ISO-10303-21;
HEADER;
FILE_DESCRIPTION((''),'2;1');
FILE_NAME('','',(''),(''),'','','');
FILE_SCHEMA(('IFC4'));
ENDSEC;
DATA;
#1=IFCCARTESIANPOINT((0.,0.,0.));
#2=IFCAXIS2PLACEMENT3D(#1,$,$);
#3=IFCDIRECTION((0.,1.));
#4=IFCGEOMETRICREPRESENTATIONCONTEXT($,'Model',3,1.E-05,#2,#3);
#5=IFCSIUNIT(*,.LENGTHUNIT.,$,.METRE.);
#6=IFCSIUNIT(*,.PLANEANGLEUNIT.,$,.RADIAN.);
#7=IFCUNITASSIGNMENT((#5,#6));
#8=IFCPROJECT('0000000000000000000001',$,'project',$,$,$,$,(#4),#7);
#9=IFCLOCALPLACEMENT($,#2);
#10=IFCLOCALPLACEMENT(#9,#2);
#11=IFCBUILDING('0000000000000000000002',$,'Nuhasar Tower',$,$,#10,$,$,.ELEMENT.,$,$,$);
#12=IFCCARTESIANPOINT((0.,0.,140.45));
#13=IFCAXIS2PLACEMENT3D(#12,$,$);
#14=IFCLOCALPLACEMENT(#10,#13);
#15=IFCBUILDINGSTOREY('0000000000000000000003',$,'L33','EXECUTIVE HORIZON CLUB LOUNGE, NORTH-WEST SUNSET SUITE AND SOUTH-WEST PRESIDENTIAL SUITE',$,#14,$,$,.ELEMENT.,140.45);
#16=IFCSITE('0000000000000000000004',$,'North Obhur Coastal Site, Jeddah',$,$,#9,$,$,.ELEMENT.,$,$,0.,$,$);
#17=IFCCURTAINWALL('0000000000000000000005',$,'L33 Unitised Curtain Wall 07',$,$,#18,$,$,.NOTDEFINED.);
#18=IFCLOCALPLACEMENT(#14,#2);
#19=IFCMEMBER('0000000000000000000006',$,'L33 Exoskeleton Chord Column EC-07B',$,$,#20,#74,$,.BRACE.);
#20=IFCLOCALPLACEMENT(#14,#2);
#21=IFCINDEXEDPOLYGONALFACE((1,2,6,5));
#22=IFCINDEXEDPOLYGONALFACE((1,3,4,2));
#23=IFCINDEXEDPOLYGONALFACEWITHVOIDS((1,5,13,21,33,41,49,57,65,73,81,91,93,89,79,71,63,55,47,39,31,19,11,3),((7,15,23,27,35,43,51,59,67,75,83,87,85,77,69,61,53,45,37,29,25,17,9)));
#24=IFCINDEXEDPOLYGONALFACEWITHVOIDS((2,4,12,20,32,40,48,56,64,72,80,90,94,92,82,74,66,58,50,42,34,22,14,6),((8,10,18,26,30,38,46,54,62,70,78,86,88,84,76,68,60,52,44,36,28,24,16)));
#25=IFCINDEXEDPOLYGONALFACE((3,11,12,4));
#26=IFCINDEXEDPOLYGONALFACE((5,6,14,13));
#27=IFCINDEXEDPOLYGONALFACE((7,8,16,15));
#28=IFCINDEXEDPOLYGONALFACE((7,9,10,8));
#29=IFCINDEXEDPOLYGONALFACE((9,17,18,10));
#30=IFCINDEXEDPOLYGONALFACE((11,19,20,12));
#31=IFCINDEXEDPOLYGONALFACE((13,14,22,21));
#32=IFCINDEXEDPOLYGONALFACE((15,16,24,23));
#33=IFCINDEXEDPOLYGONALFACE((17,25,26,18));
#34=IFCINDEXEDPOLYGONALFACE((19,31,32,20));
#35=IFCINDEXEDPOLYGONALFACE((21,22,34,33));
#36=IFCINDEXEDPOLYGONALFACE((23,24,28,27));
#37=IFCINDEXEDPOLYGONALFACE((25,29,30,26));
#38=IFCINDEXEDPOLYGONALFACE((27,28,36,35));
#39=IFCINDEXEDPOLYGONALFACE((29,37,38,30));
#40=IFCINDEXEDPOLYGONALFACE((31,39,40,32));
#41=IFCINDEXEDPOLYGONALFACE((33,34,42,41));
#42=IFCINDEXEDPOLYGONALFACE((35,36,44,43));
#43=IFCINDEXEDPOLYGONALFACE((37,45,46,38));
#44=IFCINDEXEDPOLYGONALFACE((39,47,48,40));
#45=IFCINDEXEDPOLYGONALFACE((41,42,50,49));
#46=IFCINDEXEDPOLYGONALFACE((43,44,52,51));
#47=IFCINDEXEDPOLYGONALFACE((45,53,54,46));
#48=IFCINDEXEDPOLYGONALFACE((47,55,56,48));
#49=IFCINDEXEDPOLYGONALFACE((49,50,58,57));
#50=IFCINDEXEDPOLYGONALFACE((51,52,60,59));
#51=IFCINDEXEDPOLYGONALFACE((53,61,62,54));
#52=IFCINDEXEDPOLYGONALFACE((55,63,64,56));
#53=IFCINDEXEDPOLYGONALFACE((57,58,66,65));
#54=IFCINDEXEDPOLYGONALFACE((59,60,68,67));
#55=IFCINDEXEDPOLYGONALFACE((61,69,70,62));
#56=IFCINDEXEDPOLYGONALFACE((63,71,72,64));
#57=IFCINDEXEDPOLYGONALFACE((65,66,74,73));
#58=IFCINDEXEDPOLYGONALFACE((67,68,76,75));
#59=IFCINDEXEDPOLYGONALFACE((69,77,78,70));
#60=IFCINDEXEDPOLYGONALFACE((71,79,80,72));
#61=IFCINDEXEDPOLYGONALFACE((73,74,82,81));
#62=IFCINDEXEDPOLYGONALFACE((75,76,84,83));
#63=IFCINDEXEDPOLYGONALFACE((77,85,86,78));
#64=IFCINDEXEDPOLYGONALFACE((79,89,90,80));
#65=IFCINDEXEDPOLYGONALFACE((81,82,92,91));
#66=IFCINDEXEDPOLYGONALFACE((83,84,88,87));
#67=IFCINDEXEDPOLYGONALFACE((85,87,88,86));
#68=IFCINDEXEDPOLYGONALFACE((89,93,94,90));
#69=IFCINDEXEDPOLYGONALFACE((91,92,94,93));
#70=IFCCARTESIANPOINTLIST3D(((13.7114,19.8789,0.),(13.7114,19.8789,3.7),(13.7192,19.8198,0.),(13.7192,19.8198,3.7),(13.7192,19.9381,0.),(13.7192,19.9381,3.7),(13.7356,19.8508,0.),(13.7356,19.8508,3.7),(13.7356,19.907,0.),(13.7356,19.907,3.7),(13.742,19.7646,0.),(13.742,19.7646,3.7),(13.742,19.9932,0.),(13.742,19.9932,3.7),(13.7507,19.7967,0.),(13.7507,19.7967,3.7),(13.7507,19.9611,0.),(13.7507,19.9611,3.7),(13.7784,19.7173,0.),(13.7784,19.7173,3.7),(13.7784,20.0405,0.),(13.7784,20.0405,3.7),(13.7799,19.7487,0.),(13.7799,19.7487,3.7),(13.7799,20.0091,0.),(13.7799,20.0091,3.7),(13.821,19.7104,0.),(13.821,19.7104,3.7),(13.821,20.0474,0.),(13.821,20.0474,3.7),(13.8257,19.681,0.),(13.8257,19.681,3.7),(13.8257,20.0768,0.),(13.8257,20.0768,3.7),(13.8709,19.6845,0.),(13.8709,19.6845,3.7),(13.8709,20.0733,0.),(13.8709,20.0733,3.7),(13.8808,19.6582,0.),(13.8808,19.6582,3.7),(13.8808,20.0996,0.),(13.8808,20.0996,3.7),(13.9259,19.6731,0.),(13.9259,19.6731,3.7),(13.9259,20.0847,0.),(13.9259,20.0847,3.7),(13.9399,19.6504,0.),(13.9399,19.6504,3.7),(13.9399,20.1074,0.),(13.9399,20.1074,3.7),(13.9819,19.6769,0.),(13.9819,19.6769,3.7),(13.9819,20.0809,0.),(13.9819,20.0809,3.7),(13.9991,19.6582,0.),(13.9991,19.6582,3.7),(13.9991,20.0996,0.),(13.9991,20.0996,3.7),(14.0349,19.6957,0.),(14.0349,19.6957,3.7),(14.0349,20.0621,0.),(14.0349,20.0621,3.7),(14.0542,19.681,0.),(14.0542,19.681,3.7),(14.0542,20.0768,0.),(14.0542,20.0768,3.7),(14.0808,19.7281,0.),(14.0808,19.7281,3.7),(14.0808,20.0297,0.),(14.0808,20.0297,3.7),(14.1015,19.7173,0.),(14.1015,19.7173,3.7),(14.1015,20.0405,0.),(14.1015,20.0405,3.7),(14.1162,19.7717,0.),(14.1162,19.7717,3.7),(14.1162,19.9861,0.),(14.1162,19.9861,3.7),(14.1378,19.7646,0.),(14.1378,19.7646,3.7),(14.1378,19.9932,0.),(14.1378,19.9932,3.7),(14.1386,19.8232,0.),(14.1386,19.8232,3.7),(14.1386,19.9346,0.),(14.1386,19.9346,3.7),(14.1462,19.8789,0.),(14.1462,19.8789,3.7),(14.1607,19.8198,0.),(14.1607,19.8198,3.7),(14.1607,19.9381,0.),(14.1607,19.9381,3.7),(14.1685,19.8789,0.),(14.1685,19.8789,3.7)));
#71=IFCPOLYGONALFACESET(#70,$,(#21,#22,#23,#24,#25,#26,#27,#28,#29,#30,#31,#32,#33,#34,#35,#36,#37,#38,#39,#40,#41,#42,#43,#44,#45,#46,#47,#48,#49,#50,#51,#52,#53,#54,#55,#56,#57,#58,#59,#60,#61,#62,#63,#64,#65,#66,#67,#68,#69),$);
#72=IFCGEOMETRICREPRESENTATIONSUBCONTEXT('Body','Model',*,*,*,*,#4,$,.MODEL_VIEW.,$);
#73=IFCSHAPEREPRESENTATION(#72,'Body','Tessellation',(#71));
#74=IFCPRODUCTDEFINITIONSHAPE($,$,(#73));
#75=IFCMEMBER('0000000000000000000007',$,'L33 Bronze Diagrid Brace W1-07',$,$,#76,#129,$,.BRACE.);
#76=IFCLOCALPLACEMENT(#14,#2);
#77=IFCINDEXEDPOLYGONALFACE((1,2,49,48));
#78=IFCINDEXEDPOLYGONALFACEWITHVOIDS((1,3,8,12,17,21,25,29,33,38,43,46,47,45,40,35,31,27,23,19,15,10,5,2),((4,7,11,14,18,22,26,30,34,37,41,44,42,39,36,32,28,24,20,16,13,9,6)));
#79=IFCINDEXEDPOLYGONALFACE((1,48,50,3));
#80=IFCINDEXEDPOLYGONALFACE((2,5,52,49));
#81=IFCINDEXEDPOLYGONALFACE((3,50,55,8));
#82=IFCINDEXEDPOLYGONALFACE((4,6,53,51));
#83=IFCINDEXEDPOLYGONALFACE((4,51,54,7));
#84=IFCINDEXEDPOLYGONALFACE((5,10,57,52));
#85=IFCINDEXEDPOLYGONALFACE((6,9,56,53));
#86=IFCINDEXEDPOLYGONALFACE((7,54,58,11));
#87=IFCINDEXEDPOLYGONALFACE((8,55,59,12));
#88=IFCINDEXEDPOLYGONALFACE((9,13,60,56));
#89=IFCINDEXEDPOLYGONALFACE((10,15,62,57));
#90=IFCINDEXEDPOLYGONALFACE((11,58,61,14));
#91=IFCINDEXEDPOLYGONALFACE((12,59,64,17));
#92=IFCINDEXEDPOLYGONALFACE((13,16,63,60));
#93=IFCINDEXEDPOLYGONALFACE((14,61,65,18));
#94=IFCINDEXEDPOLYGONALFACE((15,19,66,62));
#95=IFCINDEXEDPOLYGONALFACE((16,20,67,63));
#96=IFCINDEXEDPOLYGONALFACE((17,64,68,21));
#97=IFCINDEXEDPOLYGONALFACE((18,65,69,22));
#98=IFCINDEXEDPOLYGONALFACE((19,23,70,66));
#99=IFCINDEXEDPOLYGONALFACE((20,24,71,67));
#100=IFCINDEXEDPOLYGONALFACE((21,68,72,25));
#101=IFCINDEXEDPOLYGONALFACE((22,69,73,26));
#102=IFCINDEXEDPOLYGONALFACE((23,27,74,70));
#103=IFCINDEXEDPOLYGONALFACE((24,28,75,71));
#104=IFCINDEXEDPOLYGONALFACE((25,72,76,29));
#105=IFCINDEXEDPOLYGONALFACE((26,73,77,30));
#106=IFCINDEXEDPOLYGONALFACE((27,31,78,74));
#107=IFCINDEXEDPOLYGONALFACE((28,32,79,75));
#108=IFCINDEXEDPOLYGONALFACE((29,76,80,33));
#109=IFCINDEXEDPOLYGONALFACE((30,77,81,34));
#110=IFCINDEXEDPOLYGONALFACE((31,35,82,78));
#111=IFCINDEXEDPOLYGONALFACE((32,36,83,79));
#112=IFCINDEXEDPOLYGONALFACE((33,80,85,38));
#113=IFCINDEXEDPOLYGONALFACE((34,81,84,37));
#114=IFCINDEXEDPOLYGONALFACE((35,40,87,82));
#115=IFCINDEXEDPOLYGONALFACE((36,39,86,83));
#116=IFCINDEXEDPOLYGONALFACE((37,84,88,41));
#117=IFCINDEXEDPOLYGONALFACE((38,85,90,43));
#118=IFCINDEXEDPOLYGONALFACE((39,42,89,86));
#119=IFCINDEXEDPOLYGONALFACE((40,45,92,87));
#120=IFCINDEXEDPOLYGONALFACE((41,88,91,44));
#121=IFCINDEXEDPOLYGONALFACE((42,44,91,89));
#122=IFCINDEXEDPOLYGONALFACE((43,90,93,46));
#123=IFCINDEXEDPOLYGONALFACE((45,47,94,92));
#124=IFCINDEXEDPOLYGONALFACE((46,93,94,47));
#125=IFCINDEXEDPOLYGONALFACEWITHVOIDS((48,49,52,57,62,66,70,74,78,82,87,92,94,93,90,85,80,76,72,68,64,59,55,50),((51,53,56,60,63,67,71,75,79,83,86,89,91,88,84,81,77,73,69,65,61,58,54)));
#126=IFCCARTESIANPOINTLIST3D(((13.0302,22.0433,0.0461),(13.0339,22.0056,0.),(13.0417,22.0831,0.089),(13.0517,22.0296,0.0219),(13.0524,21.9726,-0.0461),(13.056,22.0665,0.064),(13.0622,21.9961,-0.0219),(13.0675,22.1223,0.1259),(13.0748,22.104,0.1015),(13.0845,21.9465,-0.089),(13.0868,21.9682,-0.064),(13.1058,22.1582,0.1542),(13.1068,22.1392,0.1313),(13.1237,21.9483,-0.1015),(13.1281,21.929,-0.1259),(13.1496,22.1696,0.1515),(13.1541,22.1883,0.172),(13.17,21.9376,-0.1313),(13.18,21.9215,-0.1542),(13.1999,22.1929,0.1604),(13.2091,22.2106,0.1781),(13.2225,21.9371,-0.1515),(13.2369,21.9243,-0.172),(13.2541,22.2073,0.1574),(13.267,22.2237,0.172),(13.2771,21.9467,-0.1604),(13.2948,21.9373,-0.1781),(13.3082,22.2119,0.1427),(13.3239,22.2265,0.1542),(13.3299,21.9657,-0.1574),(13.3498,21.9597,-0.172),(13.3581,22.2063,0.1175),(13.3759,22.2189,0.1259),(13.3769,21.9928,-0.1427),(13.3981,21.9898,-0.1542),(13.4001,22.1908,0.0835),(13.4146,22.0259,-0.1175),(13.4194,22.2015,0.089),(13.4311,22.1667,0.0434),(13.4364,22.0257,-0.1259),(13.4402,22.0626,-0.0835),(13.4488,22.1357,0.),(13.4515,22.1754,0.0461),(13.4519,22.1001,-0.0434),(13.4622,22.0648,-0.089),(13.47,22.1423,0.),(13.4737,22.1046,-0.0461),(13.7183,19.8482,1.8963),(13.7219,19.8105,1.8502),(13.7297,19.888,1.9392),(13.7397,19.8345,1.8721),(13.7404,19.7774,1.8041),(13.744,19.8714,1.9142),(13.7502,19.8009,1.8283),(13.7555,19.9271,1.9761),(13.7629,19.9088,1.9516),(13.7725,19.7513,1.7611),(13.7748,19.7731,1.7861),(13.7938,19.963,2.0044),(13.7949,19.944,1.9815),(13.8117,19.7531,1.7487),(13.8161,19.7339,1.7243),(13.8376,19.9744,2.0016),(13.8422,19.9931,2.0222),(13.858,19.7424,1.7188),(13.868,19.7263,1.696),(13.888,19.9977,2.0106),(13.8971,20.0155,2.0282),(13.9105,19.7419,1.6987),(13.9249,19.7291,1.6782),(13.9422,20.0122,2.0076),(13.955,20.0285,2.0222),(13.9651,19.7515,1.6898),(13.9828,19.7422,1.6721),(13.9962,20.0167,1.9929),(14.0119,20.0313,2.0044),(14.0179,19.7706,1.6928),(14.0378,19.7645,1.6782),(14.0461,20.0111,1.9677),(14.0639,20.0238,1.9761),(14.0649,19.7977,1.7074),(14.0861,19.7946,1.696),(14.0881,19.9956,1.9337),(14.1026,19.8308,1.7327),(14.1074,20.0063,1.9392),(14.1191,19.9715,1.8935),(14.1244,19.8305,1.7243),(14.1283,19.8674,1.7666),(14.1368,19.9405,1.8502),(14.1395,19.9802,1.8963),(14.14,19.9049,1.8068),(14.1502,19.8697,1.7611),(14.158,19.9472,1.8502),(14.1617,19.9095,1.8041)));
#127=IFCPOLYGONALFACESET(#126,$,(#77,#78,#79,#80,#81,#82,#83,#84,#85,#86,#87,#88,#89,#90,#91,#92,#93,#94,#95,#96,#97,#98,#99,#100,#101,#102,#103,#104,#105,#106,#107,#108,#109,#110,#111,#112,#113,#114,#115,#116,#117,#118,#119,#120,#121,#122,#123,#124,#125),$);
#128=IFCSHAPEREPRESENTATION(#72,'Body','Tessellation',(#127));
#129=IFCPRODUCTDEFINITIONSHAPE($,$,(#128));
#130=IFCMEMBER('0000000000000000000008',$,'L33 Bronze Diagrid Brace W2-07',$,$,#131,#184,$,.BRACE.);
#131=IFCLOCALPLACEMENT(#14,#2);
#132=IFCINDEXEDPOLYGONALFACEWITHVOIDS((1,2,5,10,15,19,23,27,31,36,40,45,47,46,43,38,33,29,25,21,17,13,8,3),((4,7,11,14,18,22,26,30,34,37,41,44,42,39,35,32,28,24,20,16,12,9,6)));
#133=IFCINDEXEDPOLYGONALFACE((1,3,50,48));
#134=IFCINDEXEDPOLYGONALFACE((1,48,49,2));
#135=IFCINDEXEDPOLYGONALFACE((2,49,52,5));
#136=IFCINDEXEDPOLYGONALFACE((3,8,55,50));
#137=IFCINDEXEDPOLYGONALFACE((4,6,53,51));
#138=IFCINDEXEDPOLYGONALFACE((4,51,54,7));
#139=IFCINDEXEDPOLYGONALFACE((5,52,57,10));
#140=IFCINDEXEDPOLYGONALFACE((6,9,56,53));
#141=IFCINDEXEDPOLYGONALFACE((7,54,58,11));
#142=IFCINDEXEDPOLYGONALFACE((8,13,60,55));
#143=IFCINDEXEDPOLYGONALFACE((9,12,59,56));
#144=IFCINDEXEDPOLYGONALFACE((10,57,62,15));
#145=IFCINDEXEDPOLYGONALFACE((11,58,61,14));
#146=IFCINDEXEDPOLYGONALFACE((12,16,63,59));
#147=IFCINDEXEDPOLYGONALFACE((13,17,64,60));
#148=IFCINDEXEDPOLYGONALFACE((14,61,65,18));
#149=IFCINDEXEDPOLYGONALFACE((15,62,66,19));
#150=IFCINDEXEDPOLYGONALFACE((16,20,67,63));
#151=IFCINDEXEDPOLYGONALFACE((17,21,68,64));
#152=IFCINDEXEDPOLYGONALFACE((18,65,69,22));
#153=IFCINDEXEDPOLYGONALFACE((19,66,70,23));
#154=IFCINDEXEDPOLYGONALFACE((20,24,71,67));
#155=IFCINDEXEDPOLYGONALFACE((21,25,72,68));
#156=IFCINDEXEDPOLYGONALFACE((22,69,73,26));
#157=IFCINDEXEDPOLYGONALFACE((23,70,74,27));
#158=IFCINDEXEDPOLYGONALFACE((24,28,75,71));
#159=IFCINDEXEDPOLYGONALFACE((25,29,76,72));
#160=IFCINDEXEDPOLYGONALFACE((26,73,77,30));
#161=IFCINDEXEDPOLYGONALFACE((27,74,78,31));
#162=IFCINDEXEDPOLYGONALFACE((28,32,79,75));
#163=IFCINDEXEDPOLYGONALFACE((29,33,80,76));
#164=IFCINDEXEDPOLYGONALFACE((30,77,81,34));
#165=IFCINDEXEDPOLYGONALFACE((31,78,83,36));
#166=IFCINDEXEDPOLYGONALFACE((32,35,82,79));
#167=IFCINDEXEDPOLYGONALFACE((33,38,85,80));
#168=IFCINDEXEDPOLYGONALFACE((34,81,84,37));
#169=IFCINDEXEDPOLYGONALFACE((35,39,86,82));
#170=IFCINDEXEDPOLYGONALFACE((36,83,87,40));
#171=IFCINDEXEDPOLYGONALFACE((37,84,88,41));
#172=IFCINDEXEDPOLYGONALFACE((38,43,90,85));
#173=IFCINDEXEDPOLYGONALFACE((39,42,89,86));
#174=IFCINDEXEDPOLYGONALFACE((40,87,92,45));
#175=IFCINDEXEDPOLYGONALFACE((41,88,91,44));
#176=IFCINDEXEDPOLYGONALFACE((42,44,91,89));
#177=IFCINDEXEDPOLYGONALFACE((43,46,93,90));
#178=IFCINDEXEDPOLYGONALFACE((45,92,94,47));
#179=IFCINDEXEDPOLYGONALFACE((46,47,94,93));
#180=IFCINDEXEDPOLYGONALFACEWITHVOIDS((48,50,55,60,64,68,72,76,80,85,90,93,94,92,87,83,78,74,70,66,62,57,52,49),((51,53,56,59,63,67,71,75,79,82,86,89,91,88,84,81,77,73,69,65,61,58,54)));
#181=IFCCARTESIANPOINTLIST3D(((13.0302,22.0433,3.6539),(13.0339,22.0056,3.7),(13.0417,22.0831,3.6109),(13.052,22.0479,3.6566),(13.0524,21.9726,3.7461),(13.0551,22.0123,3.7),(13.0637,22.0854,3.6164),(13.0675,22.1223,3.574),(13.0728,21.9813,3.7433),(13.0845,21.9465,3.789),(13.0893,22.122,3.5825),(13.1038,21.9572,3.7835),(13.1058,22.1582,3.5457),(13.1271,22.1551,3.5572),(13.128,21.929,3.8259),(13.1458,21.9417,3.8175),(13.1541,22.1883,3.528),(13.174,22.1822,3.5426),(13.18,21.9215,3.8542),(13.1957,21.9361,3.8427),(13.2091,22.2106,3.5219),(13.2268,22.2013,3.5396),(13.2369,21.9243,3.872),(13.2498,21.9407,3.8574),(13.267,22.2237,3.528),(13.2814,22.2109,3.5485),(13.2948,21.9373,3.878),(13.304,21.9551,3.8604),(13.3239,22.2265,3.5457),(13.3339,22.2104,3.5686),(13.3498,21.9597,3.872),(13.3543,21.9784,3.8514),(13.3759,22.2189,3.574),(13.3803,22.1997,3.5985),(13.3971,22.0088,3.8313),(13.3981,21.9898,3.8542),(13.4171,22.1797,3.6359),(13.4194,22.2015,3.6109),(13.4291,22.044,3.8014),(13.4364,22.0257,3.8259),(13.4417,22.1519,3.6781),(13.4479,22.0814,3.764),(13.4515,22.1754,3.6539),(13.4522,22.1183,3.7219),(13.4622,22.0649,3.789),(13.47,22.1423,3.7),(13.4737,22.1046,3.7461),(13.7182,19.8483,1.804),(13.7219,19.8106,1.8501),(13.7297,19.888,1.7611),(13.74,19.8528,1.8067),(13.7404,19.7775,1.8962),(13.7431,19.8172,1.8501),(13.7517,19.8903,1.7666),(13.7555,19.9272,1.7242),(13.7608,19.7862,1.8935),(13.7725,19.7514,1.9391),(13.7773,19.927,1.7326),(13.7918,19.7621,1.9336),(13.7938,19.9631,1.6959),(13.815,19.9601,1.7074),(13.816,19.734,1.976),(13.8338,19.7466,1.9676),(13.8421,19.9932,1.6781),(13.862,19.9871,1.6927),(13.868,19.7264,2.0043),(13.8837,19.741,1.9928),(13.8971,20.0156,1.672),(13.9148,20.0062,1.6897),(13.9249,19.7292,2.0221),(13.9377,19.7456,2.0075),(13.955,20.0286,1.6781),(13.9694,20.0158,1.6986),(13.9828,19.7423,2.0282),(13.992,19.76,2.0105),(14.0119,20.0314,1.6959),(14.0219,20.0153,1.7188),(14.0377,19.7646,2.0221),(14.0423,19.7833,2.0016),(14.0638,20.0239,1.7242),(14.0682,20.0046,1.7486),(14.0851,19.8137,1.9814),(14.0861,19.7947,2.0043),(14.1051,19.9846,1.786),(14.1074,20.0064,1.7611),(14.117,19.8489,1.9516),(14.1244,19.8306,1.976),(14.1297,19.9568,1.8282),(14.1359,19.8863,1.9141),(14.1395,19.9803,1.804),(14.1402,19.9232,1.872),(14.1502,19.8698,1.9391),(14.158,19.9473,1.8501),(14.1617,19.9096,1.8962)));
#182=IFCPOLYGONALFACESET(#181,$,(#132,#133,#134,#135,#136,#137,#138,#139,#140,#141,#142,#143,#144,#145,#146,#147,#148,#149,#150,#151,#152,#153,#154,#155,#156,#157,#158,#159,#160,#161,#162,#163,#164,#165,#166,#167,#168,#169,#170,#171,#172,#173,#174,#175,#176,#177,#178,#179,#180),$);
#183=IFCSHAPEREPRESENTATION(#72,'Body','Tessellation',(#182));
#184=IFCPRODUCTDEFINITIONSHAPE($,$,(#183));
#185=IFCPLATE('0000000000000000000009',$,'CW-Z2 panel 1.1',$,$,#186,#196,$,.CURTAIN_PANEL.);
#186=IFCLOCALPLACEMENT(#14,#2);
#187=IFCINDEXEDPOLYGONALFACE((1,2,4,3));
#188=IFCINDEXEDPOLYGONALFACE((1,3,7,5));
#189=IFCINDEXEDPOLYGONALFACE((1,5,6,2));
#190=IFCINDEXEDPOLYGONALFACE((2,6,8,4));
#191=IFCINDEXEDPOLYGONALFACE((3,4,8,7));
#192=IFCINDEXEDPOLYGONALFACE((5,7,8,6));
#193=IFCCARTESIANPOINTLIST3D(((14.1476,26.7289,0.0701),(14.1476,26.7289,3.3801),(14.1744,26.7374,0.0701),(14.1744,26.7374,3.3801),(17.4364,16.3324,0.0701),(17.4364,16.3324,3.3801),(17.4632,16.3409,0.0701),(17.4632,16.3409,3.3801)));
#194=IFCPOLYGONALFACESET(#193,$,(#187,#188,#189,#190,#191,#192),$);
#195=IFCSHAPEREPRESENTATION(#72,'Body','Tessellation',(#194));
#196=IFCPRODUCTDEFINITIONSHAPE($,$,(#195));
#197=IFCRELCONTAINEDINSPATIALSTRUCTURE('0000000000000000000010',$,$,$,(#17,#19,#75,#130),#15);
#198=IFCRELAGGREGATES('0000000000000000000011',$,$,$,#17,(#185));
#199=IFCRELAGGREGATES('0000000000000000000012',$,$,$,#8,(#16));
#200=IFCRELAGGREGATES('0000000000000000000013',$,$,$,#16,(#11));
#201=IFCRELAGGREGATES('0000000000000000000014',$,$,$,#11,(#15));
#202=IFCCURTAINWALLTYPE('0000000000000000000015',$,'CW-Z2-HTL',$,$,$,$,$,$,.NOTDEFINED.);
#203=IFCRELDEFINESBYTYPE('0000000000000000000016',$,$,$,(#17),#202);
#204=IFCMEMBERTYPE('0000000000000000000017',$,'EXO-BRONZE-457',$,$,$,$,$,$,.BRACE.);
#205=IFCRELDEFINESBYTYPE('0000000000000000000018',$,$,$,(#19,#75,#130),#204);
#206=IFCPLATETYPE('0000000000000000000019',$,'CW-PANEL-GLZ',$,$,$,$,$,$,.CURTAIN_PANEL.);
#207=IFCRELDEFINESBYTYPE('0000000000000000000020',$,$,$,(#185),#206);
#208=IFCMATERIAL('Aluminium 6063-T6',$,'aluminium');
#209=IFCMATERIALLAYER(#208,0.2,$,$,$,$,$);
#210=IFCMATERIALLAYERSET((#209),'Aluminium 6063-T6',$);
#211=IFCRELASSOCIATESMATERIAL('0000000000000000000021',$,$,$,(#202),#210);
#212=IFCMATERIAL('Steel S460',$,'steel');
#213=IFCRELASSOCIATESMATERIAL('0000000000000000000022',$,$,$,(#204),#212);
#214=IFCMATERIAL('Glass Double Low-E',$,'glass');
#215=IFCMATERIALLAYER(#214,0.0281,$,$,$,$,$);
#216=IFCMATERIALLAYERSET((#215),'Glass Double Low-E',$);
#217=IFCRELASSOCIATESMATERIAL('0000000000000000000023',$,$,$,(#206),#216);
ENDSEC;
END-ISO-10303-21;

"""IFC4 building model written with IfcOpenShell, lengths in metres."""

from ifc_helpers import new_model, si_unit, direction, frame, origin, origin_2d, place, context, subcontext, project, spatial, rectangle, hollow_circle, extrude, material, layer, layer_set, material_profile, profile_set, type_object, element, aggregate, save


model = new_model("IFC4")

# Units and contexts
model_context = context("Model", 3, precision=1e-05, world=origin(), true_north=direction((0.0, 1.0)))
body_context = subcontext(model_context, "Body", "Model", "MODEL_VIEW")
ifc_project = project(units=[si_unit("LENGTHUNIT", "METRE"), si_unit("PLANEANGLEUNIT", "RADIAN")], contexts=[model_context])

# Site, building, storey
site_placement = place(None, origin())
site = spatial("IfcSite", under=ifc_project, at=site_placement, Name="North Obhur Coastal Site, Jeddah", CompositionType="ELEMENT", RefElevation=0.0)
building_placement = place(site_placement, origin())
building = spatial("IfcBuilding", under=site, at=building_placement, Name="Nuhasar Tower", CompositionType="ELEMENT")
storey_placement = place(building_placement, frame((0.0, 0.0, 140.45)))
storey = spatial("IfcBuildingStorey", under=building, at=storey_placement, Name="L33", Description="EXECUTIVE HORIZON CLUB LOUNGE, NORTH-WEST SUNSET SUITE AND SOUTH-WEST PRESIDENTIAL SUITE", CompositionType="ELEMENT", Elevation=140.45)

# Curtain wall
ifc_material_1 = material(Name="Aluminium 6063-T6", Category="aluminium")
ifc_layer_1 = layer(ifc_material_1, 0.2)
ifc_layer_set_1 = layer_set([ifc_layer_1], Name="Aluminium 6063-T6")
curtain_wall_type = type_object("IfcCurtainWallType", Name="CW-Z2-HTL", PredefinedType="NOTDEFINED", material=ifc_layer_set_1)
curtain_wall_1_placement = place(storey_placement, origin())
curtain_wall_1 = element("IfcCurtainWall", 1, at=curtain_wall_1_placement, inside=storey, type_object=curtain_wall_type, Name="L33 Unitised Curtain Wall 07", PredefinedType="NOTDEFINED")

# Members
ifc_material_2 = material(Name="Steel S460", Category="steel")
ifc_material_profile_1 = material_profile(ifc_material_2, hollow_circle(Radius=0.2285, WallThickness=0.0222, at=origin_2d()), Name="HSS457X22.2")
ifc_profile_set_1 = profile_set([ifc_material_profile_1], Name="Steel S460")
member_type_1 = type_object("IfcMemberType", Name="EXO-BRONZE-457", PredefinedType="BRACE", material=ifc_profile_set_1)
for number, where, z_axis, x_axis, name in (
    (2, (13.9399, 19.8789, 0.0), (0.0, 0.0, 1.0), (1.0, 0.0, 0.0), "L33 Exoskeleton Chord Column EC-07B"),
):
    element("IfcMember", number, at=place(storey_placement, frame(where, z_axis=z_axis, x_axis=x_axis)), inside=storey, type_object=member_type_1, Name=name, PredefinedType="BRACE", context=body_context, shape_type="SweptSolid", body=[
        extrude(hollow_circle(Radius=0.2285, WallThickness=0.0222, at=origin_2d()), origin(), (0.0, 0.0, 1.0), 3.7),
    ])
member_1_placement = place(storey_placement, frame((13.252, 22.074, 0.0), z_axis=(0.233056, -0.743578, 0.626719), x_axis=(0.954228, 0.299079, 0.0)))
element("IfcMember", 3, at=member_1_placement, inside=storey, type_object=member_type_1, Name="L33 Bronze Diagrid Brace W1-07", PredefinedType="BRACE", context=body_context, shape_type="SweptSolid", body=[
    extrude(hollow_circle(Radius=0.2285, WallThickness=0.0222, at=origin_2d()), origin(), (0.0, 0.0, 1.0), 2.9521),
])
member_2_placement = place(storey_placement, frame((13.9399, 19.8789, 1.8501), z_axis=(-0.233068, 0.743616, 0.626669), x_axis=(-0.954228, -0.299079, 0.0)))
element("IfcMember", 4, at=member_2_placement, inside=storey, type_object=member_type_1, Name="L33 Bronze Diagrid Brace W2-07", PredefinedType="BRACE", context=body_context, shape_type="SweptSolid", body=[
    extrude(hollow_circle(Radius=0.2285, WallThickness=0.0222, at=origin_2d()), origin(), (0.0, 0.0, 1.0), 2.9519),
])

# Plate
ifc_material_3 = material(Name="Glass Double Low-E", Category="glass")
ifc_layer_2 = layer(ifc_material_3, 0.0281)
ifc_layer_set_2 = layer_set([ifc_layer_2], Name="Glass Double Low-E")
plate_type = type_object("IfcPlateType", Name="CW-PANEL-GLZ", PredefinedType="CURTAIN_PANEL", material=ifc_layer_set_2)
plate_placement = place(storey_placement, frame((15.8054, 21.5349, 0.0701), z_axis=(0.0, 0.0, 1.0), x_axis=(0.301604, -0.953433, 0.0)))
plate = element("IfcPlate", 5, at=plate_placement, type_object=plate_type, Name="CW-Z2 panel 1.1", PredefinedType="CURTAIN_PANEL", context=body_context, shape_type="SweptSolid", body=[
    extrude(rectangle(XDim=10.9043, YDim=0.0281, at=origin_2d()), origin(), (0.0, 0.0, 1.0), 3.3101),
])
aggregate(curtain_wall_1, [plate])

save(model, "model.ifc")
